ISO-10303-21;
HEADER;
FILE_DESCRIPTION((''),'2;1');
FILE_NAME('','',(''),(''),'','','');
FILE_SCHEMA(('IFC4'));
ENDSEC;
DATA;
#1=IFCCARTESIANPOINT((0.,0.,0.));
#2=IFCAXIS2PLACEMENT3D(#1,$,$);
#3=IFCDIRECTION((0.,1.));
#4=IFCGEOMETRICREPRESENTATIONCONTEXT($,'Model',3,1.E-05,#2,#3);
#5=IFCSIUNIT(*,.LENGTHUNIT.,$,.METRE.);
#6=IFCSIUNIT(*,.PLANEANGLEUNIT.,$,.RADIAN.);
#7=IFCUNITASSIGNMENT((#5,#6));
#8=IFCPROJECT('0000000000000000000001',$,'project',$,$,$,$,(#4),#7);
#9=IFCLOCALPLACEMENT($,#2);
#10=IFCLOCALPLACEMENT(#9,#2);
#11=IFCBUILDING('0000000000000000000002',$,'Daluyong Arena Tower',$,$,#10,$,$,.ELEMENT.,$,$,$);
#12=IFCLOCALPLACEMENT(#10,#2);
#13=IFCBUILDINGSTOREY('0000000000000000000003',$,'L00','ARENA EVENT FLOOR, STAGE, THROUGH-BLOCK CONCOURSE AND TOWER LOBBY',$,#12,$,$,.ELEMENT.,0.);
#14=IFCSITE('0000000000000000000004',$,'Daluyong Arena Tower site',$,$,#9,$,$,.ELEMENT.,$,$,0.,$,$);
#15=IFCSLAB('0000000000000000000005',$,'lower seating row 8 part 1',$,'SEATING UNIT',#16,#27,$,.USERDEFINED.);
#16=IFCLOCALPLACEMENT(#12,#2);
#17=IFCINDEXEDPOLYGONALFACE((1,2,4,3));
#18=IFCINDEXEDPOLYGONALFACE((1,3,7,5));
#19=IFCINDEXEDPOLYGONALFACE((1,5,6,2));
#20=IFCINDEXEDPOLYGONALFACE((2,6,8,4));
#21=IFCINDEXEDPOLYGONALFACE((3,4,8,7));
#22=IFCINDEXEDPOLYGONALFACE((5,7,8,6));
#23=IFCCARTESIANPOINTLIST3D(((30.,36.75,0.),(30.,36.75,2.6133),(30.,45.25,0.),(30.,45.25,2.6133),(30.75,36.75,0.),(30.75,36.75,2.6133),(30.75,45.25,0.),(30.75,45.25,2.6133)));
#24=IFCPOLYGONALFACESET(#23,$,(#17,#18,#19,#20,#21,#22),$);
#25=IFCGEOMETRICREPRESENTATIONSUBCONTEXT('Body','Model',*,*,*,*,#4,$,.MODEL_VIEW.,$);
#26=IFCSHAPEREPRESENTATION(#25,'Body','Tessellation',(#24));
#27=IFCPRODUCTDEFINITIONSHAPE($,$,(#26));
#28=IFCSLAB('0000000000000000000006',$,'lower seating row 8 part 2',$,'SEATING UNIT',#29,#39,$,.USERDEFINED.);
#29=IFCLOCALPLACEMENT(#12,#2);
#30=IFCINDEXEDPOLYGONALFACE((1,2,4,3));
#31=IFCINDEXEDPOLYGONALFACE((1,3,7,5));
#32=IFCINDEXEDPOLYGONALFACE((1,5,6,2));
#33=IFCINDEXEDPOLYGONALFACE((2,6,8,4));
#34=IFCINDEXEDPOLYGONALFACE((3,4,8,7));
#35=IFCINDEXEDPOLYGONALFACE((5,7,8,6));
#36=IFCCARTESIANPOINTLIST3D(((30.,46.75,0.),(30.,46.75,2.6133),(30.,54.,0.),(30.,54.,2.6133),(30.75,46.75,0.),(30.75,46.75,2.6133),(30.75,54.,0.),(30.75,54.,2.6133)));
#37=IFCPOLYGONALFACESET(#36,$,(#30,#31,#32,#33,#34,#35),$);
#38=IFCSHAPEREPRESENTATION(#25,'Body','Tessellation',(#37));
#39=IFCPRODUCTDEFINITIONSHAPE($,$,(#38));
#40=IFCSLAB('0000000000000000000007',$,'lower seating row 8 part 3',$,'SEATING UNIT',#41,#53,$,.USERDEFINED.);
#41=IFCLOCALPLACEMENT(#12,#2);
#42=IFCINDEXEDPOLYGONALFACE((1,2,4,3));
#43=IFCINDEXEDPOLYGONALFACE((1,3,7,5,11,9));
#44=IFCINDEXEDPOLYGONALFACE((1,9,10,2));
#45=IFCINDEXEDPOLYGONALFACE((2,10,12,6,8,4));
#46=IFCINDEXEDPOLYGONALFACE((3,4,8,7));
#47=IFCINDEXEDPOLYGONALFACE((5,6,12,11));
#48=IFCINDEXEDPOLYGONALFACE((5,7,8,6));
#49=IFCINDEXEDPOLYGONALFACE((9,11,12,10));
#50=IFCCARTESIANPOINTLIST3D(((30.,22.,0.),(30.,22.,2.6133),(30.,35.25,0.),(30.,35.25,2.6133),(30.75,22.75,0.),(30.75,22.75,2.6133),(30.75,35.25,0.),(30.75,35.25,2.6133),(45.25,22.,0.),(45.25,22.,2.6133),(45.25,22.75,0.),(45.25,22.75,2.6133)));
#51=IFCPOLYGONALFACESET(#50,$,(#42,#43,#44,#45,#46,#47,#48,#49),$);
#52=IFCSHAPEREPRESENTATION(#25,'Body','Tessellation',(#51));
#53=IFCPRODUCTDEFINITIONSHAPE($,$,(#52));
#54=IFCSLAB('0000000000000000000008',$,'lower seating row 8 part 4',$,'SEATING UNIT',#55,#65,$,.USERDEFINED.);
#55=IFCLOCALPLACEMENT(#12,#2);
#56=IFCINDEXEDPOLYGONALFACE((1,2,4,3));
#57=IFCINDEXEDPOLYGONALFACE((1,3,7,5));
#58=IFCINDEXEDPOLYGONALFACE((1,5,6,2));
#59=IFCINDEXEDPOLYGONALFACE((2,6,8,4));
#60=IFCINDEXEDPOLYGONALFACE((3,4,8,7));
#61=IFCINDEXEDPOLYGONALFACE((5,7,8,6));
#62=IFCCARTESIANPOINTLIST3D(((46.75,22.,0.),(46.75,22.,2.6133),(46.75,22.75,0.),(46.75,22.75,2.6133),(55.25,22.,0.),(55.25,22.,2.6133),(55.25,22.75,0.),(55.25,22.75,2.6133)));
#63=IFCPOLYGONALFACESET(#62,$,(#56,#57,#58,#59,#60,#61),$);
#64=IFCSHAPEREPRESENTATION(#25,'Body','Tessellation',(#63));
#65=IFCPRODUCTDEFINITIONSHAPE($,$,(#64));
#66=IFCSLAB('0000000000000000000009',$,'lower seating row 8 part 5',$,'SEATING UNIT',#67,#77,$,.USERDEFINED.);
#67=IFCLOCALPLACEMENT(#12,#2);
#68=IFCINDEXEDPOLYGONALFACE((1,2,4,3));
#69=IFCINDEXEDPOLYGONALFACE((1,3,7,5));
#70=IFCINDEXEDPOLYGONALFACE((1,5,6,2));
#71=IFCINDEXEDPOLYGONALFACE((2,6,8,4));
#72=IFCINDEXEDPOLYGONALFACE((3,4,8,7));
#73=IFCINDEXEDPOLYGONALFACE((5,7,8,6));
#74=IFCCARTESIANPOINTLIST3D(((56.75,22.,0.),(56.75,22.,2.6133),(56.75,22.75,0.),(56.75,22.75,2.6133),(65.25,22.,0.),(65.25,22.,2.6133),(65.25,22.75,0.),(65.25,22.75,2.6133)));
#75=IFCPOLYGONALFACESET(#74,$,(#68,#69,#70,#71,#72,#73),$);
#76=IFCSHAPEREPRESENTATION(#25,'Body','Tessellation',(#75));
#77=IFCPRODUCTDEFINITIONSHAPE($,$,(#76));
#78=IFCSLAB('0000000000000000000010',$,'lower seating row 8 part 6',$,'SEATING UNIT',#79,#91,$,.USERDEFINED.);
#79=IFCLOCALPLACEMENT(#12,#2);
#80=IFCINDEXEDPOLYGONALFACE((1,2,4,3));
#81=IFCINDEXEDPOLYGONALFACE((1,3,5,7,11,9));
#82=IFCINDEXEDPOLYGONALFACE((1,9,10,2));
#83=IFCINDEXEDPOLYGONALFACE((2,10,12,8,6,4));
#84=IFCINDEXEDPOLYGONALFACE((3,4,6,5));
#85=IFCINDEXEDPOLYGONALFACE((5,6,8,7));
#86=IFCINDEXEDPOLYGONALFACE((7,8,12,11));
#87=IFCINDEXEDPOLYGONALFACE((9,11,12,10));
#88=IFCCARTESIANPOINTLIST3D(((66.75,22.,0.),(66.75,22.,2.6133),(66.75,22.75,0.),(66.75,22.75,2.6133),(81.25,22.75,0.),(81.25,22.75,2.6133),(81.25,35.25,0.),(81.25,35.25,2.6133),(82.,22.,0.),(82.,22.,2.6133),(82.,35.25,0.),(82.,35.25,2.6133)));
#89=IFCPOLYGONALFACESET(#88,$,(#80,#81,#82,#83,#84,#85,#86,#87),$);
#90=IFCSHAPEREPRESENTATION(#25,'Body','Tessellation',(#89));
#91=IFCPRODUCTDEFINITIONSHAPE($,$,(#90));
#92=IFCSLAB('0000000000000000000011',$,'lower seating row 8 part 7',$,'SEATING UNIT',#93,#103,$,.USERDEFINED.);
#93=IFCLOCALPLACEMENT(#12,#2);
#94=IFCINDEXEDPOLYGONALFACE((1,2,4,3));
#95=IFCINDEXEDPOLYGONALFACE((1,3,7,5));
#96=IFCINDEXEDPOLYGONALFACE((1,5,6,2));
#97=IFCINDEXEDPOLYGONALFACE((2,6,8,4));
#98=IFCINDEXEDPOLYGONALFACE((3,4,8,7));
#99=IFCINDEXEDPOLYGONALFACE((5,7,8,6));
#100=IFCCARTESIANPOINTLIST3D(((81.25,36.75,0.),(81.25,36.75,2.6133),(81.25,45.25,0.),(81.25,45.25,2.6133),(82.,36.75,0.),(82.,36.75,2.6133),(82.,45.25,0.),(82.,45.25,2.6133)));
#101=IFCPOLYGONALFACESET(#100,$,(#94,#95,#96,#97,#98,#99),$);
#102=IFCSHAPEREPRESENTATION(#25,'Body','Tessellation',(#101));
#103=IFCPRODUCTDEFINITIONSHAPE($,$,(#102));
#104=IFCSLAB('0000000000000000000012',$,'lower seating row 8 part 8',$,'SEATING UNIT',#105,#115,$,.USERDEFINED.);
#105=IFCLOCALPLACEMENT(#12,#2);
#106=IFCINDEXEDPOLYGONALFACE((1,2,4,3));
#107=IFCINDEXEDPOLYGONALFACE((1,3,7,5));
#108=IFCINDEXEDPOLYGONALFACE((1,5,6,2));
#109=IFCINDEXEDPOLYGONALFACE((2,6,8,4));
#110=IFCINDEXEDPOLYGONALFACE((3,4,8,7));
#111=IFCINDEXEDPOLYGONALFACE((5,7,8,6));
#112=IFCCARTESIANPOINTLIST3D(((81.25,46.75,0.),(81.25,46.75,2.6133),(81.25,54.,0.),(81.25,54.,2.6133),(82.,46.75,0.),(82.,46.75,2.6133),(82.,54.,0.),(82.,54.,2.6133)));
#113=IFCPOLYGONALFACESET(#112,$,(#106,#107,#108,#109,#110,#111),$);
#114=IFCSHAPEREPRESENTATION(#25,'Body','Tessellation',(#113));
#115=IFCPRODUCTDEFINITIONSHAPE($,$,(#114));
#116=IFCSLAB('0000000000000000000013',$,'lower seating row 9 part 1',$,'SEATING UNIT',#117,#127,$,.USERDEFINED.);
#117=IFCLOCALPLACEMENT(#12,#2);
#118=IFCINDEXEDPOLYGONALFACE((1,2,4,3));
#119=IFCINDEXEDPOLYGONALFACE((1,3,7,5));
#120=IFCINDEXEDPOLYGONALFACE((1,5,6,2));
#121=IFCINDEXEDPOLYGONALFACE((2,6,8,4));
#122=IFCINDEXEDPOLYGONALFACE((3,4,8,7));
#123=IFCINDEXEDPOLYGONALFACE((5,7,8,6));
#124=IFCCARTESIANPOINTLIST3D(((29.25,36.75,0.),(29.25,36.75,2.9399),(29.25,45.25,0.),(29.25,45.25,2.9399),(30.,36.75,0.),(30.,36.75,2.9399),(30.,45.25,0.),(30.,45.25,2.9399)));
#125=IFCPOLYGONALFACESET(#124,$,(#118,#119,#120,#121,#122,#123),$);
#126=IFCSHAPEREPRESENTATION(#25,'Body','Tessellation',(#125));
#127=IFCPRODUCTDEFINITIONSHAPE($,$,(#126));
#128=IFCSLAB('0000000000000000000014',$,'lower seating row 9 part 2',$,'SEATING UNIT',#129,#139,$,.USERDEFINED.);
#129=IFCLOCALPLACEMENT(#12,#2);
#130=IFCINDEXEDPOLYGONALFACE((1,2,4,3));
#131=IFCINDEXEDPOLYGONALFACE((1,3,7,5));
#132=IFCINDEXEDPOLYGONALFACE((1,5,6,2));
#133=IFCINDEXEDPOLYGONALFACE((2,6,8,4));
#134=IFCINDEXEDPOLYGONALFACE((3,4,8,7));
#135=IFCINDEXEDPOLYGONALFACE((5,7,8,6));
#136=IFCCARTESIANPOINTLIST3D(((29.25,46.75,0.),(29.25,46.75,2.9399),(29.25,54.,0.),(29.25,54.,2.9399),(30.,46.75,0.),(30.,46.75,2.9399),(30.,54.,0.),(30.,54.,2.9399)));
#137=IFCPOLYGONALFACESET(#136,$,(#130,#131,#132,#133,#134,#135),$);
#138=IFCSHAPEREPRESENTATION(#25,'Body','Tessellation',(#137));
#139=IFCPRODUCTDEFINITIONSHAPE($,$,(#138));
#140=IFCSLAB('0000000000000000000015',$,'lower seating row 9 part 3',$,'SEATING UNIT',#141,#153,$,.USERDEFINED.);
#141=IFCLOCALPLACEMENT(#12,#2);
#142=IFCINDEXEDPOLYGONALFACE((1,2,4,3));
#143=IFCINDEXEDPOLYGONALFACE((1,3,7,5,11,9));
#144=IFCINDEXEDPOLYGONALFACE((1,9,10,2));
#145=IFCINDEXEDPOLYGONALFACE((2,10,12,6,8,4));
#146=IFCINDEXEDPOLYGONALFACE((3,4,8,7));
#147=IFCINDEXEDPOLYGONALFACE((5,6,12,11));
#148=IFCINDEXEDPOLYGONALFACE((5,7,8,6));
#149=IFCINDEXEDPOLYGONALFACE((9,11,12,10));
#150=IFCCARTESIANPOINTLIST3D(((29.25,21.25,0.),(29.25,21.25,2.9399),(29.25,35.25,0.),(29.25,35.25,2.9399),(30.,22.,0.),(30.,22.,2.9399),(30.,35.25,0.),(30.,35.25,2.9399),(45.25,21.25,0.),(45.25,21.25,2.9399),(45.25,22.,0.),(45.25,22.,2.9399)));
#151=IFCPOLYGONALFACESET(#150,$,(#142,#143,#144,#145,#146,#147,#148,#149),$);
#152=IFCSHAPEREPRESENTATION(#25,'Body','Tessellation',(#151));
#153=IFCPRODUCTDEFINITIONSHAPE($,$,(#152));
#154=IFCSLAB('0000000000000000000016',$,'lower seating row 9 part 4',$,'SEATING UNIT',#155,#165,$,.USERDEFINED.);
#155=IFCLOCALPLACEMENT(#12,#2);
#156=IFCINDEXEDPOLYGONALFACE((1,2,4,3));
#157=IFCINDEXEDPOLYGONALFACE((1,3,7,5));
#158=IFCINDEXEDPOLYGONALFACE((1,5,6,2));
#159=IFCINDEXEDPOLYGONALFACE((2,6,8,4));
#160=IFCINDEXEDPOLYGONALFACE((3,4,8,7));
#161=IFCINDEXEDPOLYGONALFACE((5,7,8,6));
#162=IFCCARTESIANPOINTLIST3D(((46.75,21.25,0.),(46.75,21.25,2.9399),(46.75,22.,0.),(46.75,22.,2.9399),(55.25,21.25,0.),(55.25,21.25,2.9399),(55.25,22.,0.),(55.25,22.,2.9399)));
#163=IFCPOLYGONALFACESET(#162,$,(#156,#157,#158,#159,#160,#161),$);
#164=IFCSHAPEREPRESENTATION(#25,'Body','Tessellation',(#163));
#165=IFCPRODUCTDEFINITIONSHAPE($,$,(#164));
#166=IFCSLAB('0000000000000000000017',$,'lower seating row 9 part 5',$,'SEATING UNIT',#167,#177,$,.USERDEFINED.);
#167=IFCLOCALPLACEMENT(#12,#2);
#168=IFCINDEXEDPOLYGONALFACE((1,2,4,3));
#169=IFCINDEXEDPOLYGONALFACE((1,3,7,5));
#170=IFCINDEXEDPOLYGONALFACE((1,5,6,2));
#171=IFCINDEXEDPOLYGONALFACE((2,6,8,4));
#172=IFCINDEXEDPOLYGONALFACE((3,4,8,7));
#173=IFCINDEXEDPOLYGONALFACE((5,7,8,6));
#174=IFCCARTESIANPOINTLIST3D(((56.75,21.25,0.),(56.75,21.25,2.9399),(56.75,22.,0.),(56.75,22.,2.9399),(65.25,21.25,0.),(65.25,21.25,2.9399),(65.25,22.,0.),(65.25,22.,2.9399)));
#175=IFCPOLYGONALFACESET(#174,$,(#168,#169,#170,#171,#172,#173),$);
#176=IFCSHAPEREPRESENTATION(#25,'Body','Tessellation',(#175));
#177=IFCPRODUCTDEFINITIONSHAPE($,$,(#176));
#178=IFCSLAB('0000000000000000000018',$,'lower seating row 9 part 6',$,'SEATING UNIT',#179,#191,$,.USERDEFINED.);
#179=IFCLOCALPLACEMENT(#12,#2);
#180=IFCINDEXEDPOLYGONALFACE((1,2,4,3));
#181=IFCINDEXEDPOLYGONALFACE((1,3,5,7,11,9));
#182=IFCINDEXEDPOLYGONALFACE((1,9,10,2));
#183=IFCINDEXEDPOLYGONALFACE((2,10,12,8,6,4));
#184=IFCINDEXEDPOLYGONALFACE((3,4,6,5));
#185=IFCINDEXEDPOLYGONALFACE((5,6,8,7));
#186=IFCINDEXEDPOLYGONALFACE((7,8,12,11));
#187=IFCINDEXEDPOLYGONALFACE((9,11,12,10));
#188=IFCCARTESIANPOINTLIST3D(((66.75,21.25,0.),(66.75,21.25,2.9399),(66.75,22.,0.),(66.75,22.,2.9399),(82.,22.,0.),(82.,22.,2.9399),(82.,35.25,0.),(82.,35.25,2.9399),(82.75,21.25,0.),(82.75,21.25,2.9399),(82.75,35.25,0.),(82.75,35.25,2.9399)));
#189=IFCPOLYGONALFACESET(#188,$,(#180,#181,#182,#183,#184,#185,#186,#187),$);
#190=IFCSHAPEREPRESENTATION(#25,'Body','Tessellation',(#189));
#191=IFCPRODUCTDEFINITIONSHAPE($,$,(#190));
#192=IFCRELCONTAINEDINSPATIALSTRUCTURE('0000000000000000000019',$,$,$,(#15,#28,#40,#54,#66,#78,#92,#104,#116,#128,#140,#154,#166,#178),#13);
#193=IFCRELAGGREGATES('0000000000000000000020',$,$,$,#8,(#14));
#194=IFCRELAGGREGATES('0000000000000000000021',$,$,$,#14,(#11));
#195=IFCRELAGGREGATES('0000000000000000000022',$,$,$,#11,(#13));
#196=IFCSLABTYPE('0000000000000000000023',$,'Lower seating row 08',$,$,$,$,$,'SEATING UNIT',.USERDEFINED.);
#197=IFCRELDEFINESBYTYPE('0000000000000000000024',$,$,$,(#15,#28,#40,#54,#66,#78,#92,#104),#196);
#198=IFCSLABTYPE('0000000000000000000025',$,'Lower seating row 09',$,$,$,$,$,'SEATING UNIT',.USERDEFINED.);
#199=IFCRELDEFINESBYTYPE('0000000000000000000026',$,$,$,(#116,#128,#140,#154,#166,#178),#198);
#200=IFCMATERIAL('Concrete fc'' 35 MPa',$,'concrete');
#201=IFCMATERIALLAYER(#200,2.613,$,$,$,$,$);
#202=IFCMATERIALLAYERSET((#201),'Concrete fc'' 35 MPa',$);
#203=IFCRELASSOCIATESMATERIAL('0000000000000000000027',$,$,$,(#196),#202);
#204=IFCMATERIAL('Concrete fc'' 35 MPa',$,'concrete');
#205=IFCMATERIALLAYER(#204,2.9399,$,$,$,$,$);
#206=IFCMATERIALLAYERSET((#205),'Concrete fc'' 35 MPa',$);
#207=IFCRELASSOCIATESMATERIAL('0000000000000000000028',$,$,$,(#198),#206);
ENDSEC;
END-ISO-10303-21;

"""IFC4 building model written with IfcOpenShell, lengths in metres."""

from ifc_helpers import new_model, si_unit, direction, origin, place, context, subcontext, project, spatial, polyline, outline, extrude, material, layer, layer_set, type_object, element, save


model = new_model("IFC4")

# Units and contexts
model_context = context("Model", 3, precision=1e-05, world=origin(), true_north=direction((0.0, 1.0)))
body_context = subcontext(model_context, "Body", "Model", "MODEL_VIEW")
ifc_project = project(units=[si_unit("LENGTHUNIT", "METRE"), si_unit("PLANEANGLEUNIT", "RADIAN")], contexts=[model_context])

# Site, building, storey
site_placement = place(None, origin())
site = spatial("IfcSite", under=ifc_project, at=site_placement, Name="Daluyong Arena Tower site", CompositionType="ELEMENT", RefElevation=0.0)
building_placement = place(site_placement, origin())
building = spatial("IfcBuilding", under=site, at=building_placement, Name="Daluyong Arena Tower", CompositionType="ELEMENT")
storey_placement = place(building_placement, origin())
storey = spatial("IfcBuildingStorey", under=building, at=storey_placement, Name="L00", Description="ARENA EVENT FLOOR, STAGE, THROUGH-BLOCK CONCOURSE AND TOWER LOBBY", CompositionType="ELEMENT", Elevation=0.0)

# Slabs
ifc_material_1 = material(Name="Concrete fc' 35 MPa", Category="concrete")
ifc_layer_1 = layer(ifc_material_1, 2.613)
ifc_layer_set_1 = layer_set([ifc_layer_1], Name="Concrete fc' 35 MPa")
slab_type_1 = type_object("IfcSlabType", Name="Lower seating row 08", ElementType="SEATING UNIT", PredefinedType="USERDEFINED", material=ifc_layer_set_1)
slab_1_placement = place(storey_placement, origin())
element("IfcSlab", 1, at=slab_1_placement, inside=storey, type_object=slab_type_1, Name="lower seating row 8 part 1", ObjectType="SEATING UNIT", PredefinedType="USERDEFINED", context=body_context, shape_type="SweptSolid", body=[
    extrude(outline(polyline([(30.0, 45.25), (30.0, 36.75), (30.75, 36.75), (30.75, 45.25), (30.0, 45.25)])), origin(), (0.0, 0.0, 1.0), 2.6133),
])
slab_2_placement = place(storey_placement, origin())
element("IfcSlab", 2, at=slab_2_placement, inside=storey, type_object=slab_type_1, Name="lower seating row 8 part 2", ObjectType="SEATING UNIT", PredefinedType="USERDEFINED", context=body_context, shape_type="SweptSolid", body=[
    extrude(outline(polyline([(30.0, 54.0), (30.0, 46.75), (30.75, 46.75), (30.75, 54.0), (30.0, 54.0)])), origin(), (0.0, 0.0, 1.0), 2.6133),
])
slab_3_placement = place(storey_placement, origin())
element("IfcSlab", 3, at=slab_3_placement, inside=storey, type_object=slab_type_1, Name="lower seating row 8 part 3", ObjectType="SEATING UNIT", PredefinedType="USERDEFINED", context=body_context, shape_type="SweptSolid", body=[
    extrude(outline(polyline([(30.0, 22.0), (45.25, 22.0), (45.25, 22.75), (30.75, 22.75), (30.75, 35.25), (30.0, 35.25), (30.0, 22.0)])), origin(), (0.0, 0.0, 1.0), 2.6133),
])
slab_4_placement = place(storey_placement, origin())
element("IfcSlab", 4, at=slab_4_placement, inside=storey, type_object=slab_type_1, Name="lower seating row 8 part 4", ObjectType="SEATING UNIT", PredefinedType="USERDEFINED", context=body_context, shape_type="SweptSolid", body=[
    extrude(outline(polyline([(46.75, 22.0), (55.25, 22.0), (55.25, 22.75), (46.75, 22.75), (46.75, 22.0)])), origin(), (0.0, 0.0, 1.0), 2.6133),
])
slab_5_placement = place(storey_placement, origin())
element("IfcSlab", 5, at=slab_5_placement, inside=storey, type_object=slab_type_1, Name="lower seating row 8 part 5", ObjectType="SEATING UNIT", PredefinedType="USERDEFINED", context=body_context, shape_type="SweptSolid", body=[
    extrude(outline(polyline([(56.75, 22.0), (65.25, 22.0), (65.25, 22.75), (56.75, 22.75), (56.75, 22.0)])), origin(), (0.0, 0.0, 1.0), 2.6133),
])
slab_6_placement = place(storey_placement, origin())
element("IfcSlab", 6, at=slab_6_placement, inside=storey, type_object=slab_type_1, Name="lower seating row 8 part 6", ObjectType="SEATING UNIT", PredefinedType="USERDEFINED", context=body_context, shape_type="SweptSolid", body=[
    extrude(outline(polyline([(82.0, 22.0), (82.0, 35.25), (81.25, 35.25), (81.25, 22.75), (66.75, 22.75), (66.75, 22.0), (82.0, 22.0)])), origin(), (0.0, 0.0, 1.0), 2.6133),
])
slab_7_placement = place(storey_placement, origin())
element("IfcSlab", 7, at=slab_7_placement, inside=storey, type_object=slab_type_1, Name="lower seating row 8 part 7", ObjectType="SEATING UNIT", PredefinedType="USERDEFINED", context=body_context, shape_type="SweptSolid", body=[
    extrude(outline(polyline([(82.0, 36.75), (82.0, 45.25), (81.25, 45.25), (81.25, 36.75), (82.0, 36.75)])), origin(), (0.0, 0.0, 1.0), 2.6133),
])
slab_8_placement = place(storey_placement, origin())
element("IfcSlab", 8, at=slab_8_placement, inside=storey, type_object=slab_type_1, Name="lower seating row 8 part 8", ObjectType="SEATING UNIT", PredefinedType="USERDEFINED", context=body_context, shape_type="SweptSolid", body=[
    extrude(outline(polyline([(82.0, 46.75), (82.0, 54.0), (81.25, 54.0), (81.25, 46.75), (82.0, 46.75)])), origin(), (0.0, 0.0, 1.0), 2.6133),
])
ifc_material_2 = material(Name="Concrete fc' 35 MPa", Category="concrete")
ifc_layer_2 = layer(ifc_material_2, 2.9399)
ifc_layer_set_2 = layer_set([ifc_layer_2], Name="Concrete fc' 35 MPa")
slab_type_2 = type_object("IfcSlabType", Name="Lower seating row 09", ElementType="SEATING UNIT", PredefinedType="USERDEFINED", material=ifc_layer_set_2)
slab_9_placement = place(storey_placement, origin())
element("IfcSlab", 9, at=slab_9_placement, inside=storey, type_object=slab_type_2, Name="lower seating row 9 part 1", ObjectType="SEATING UNIT", PredefinedType="USERDEFINED", context=body_context, shape_type="SweptSolid", body=[
    extrude(outline(polyline([(29.25, 45.25), (29.25, 36.75), (30.0, 36.75), (30.0, 45.25), (29.25, 45.25)])), origin(), (0.0, 0.0, 1.0), 2.9399),
])
slab_10_placement = place(storey_placement, origin())
element("IfcSlab", 10, at=slab_10_placement, inside=storey, type_object=slab_type_2, Name="lower seating row 9 part 2", ObjectType="SEATING UNIT", PredefinedType="USERDEFINED", context=body_context, shape_type="SweptSolid", body=[
    extrude(outline(polyline([(29.25, 54.0), (29.25, 46.75), (30.0, 46.75), (30.0, 54.0), (29.25, 54.0)])), origin(), (0.0, 0.0, 1.0), 2.9399),
])
slab_11_placement = place(storey_placement, origin())
element("IfcSlab", 11, at=slab_11_placement, inside=storey, type_object=slab_type_2, Name="lower seating row 9 part 3", ObjectType="SEATING UNIT", PredefinedType="USERDEFINED", context=body_context, shape_type="SweptSolid", body=[
    extrude(outline(polyline([(29.25, 21.25), (45.25, 21.25), (45.25, 22.0), (30.0, 22.0), (30.0, 35.25), (29.25, 35.25), (29.25, 21.25)])), origin(), (0.0, 0.0, 1.0), 2.9399),
])
slab_12_placement = place(storey_placement, origin())
element("IfcSlab", 12, at=slab_12_placement, inside=storey, type_object=slab_type_2, Name="lower seating row 9 part 4", ObjectType="SEATING UNIT", PredefinedType="USERDEFINED", context=body_context, shape_type="SweptSolid", body=[
    extrude(outline(polyline([(46.75, 21.25), (55.25, 21.25), (55.25, 22.0), (46.75, 22.0), (46.75, 21.25)])), origin(), (0.0, 0.0, 1.0), 2.9399),
])
slab_13_placement = place(storey_placement, origin())
element("IfcSlab", 13, at=slab_13_placement, inside=storey, type_object=slab_type_2, Name="lower seating row 9 part 5", ObjectType="SEATING UNIT", PredefinedType="USERDEFINED", context=body_context, shape_type="SweptSolid", body=[
    extrude(outline(polyline([(56.75, 21.25), (65.25, 21.25), (65.25, 22.0), (56.75, 22.0), (56.75, 21.25)])), origin(), (0.0, 0.0, 1.0), 2.9399),
])
slab_14_placement = place(storey_placement, origin())
element("IfcSlab", 14, at=slab_14_placement, inside=storey, type_object=slab_type_2, Name="lower seating row 9 part 6", ObjectType="SEATING UNIT", PredefinedType="USERDEFINED", context=body_context, shape_type="SweptSolid", body=[
    extrude(outline(polyline([(82.75, 21.25), (82.75, 35.25), (82.0, 35.25), (82.0, 22.0), (66.75, 22.0), (66.75, 21.25), (82.75, 21.25)])), origin(), (0.0, 0.0, 1.0), 2.9399),
])

save(model, "model.ifc")
